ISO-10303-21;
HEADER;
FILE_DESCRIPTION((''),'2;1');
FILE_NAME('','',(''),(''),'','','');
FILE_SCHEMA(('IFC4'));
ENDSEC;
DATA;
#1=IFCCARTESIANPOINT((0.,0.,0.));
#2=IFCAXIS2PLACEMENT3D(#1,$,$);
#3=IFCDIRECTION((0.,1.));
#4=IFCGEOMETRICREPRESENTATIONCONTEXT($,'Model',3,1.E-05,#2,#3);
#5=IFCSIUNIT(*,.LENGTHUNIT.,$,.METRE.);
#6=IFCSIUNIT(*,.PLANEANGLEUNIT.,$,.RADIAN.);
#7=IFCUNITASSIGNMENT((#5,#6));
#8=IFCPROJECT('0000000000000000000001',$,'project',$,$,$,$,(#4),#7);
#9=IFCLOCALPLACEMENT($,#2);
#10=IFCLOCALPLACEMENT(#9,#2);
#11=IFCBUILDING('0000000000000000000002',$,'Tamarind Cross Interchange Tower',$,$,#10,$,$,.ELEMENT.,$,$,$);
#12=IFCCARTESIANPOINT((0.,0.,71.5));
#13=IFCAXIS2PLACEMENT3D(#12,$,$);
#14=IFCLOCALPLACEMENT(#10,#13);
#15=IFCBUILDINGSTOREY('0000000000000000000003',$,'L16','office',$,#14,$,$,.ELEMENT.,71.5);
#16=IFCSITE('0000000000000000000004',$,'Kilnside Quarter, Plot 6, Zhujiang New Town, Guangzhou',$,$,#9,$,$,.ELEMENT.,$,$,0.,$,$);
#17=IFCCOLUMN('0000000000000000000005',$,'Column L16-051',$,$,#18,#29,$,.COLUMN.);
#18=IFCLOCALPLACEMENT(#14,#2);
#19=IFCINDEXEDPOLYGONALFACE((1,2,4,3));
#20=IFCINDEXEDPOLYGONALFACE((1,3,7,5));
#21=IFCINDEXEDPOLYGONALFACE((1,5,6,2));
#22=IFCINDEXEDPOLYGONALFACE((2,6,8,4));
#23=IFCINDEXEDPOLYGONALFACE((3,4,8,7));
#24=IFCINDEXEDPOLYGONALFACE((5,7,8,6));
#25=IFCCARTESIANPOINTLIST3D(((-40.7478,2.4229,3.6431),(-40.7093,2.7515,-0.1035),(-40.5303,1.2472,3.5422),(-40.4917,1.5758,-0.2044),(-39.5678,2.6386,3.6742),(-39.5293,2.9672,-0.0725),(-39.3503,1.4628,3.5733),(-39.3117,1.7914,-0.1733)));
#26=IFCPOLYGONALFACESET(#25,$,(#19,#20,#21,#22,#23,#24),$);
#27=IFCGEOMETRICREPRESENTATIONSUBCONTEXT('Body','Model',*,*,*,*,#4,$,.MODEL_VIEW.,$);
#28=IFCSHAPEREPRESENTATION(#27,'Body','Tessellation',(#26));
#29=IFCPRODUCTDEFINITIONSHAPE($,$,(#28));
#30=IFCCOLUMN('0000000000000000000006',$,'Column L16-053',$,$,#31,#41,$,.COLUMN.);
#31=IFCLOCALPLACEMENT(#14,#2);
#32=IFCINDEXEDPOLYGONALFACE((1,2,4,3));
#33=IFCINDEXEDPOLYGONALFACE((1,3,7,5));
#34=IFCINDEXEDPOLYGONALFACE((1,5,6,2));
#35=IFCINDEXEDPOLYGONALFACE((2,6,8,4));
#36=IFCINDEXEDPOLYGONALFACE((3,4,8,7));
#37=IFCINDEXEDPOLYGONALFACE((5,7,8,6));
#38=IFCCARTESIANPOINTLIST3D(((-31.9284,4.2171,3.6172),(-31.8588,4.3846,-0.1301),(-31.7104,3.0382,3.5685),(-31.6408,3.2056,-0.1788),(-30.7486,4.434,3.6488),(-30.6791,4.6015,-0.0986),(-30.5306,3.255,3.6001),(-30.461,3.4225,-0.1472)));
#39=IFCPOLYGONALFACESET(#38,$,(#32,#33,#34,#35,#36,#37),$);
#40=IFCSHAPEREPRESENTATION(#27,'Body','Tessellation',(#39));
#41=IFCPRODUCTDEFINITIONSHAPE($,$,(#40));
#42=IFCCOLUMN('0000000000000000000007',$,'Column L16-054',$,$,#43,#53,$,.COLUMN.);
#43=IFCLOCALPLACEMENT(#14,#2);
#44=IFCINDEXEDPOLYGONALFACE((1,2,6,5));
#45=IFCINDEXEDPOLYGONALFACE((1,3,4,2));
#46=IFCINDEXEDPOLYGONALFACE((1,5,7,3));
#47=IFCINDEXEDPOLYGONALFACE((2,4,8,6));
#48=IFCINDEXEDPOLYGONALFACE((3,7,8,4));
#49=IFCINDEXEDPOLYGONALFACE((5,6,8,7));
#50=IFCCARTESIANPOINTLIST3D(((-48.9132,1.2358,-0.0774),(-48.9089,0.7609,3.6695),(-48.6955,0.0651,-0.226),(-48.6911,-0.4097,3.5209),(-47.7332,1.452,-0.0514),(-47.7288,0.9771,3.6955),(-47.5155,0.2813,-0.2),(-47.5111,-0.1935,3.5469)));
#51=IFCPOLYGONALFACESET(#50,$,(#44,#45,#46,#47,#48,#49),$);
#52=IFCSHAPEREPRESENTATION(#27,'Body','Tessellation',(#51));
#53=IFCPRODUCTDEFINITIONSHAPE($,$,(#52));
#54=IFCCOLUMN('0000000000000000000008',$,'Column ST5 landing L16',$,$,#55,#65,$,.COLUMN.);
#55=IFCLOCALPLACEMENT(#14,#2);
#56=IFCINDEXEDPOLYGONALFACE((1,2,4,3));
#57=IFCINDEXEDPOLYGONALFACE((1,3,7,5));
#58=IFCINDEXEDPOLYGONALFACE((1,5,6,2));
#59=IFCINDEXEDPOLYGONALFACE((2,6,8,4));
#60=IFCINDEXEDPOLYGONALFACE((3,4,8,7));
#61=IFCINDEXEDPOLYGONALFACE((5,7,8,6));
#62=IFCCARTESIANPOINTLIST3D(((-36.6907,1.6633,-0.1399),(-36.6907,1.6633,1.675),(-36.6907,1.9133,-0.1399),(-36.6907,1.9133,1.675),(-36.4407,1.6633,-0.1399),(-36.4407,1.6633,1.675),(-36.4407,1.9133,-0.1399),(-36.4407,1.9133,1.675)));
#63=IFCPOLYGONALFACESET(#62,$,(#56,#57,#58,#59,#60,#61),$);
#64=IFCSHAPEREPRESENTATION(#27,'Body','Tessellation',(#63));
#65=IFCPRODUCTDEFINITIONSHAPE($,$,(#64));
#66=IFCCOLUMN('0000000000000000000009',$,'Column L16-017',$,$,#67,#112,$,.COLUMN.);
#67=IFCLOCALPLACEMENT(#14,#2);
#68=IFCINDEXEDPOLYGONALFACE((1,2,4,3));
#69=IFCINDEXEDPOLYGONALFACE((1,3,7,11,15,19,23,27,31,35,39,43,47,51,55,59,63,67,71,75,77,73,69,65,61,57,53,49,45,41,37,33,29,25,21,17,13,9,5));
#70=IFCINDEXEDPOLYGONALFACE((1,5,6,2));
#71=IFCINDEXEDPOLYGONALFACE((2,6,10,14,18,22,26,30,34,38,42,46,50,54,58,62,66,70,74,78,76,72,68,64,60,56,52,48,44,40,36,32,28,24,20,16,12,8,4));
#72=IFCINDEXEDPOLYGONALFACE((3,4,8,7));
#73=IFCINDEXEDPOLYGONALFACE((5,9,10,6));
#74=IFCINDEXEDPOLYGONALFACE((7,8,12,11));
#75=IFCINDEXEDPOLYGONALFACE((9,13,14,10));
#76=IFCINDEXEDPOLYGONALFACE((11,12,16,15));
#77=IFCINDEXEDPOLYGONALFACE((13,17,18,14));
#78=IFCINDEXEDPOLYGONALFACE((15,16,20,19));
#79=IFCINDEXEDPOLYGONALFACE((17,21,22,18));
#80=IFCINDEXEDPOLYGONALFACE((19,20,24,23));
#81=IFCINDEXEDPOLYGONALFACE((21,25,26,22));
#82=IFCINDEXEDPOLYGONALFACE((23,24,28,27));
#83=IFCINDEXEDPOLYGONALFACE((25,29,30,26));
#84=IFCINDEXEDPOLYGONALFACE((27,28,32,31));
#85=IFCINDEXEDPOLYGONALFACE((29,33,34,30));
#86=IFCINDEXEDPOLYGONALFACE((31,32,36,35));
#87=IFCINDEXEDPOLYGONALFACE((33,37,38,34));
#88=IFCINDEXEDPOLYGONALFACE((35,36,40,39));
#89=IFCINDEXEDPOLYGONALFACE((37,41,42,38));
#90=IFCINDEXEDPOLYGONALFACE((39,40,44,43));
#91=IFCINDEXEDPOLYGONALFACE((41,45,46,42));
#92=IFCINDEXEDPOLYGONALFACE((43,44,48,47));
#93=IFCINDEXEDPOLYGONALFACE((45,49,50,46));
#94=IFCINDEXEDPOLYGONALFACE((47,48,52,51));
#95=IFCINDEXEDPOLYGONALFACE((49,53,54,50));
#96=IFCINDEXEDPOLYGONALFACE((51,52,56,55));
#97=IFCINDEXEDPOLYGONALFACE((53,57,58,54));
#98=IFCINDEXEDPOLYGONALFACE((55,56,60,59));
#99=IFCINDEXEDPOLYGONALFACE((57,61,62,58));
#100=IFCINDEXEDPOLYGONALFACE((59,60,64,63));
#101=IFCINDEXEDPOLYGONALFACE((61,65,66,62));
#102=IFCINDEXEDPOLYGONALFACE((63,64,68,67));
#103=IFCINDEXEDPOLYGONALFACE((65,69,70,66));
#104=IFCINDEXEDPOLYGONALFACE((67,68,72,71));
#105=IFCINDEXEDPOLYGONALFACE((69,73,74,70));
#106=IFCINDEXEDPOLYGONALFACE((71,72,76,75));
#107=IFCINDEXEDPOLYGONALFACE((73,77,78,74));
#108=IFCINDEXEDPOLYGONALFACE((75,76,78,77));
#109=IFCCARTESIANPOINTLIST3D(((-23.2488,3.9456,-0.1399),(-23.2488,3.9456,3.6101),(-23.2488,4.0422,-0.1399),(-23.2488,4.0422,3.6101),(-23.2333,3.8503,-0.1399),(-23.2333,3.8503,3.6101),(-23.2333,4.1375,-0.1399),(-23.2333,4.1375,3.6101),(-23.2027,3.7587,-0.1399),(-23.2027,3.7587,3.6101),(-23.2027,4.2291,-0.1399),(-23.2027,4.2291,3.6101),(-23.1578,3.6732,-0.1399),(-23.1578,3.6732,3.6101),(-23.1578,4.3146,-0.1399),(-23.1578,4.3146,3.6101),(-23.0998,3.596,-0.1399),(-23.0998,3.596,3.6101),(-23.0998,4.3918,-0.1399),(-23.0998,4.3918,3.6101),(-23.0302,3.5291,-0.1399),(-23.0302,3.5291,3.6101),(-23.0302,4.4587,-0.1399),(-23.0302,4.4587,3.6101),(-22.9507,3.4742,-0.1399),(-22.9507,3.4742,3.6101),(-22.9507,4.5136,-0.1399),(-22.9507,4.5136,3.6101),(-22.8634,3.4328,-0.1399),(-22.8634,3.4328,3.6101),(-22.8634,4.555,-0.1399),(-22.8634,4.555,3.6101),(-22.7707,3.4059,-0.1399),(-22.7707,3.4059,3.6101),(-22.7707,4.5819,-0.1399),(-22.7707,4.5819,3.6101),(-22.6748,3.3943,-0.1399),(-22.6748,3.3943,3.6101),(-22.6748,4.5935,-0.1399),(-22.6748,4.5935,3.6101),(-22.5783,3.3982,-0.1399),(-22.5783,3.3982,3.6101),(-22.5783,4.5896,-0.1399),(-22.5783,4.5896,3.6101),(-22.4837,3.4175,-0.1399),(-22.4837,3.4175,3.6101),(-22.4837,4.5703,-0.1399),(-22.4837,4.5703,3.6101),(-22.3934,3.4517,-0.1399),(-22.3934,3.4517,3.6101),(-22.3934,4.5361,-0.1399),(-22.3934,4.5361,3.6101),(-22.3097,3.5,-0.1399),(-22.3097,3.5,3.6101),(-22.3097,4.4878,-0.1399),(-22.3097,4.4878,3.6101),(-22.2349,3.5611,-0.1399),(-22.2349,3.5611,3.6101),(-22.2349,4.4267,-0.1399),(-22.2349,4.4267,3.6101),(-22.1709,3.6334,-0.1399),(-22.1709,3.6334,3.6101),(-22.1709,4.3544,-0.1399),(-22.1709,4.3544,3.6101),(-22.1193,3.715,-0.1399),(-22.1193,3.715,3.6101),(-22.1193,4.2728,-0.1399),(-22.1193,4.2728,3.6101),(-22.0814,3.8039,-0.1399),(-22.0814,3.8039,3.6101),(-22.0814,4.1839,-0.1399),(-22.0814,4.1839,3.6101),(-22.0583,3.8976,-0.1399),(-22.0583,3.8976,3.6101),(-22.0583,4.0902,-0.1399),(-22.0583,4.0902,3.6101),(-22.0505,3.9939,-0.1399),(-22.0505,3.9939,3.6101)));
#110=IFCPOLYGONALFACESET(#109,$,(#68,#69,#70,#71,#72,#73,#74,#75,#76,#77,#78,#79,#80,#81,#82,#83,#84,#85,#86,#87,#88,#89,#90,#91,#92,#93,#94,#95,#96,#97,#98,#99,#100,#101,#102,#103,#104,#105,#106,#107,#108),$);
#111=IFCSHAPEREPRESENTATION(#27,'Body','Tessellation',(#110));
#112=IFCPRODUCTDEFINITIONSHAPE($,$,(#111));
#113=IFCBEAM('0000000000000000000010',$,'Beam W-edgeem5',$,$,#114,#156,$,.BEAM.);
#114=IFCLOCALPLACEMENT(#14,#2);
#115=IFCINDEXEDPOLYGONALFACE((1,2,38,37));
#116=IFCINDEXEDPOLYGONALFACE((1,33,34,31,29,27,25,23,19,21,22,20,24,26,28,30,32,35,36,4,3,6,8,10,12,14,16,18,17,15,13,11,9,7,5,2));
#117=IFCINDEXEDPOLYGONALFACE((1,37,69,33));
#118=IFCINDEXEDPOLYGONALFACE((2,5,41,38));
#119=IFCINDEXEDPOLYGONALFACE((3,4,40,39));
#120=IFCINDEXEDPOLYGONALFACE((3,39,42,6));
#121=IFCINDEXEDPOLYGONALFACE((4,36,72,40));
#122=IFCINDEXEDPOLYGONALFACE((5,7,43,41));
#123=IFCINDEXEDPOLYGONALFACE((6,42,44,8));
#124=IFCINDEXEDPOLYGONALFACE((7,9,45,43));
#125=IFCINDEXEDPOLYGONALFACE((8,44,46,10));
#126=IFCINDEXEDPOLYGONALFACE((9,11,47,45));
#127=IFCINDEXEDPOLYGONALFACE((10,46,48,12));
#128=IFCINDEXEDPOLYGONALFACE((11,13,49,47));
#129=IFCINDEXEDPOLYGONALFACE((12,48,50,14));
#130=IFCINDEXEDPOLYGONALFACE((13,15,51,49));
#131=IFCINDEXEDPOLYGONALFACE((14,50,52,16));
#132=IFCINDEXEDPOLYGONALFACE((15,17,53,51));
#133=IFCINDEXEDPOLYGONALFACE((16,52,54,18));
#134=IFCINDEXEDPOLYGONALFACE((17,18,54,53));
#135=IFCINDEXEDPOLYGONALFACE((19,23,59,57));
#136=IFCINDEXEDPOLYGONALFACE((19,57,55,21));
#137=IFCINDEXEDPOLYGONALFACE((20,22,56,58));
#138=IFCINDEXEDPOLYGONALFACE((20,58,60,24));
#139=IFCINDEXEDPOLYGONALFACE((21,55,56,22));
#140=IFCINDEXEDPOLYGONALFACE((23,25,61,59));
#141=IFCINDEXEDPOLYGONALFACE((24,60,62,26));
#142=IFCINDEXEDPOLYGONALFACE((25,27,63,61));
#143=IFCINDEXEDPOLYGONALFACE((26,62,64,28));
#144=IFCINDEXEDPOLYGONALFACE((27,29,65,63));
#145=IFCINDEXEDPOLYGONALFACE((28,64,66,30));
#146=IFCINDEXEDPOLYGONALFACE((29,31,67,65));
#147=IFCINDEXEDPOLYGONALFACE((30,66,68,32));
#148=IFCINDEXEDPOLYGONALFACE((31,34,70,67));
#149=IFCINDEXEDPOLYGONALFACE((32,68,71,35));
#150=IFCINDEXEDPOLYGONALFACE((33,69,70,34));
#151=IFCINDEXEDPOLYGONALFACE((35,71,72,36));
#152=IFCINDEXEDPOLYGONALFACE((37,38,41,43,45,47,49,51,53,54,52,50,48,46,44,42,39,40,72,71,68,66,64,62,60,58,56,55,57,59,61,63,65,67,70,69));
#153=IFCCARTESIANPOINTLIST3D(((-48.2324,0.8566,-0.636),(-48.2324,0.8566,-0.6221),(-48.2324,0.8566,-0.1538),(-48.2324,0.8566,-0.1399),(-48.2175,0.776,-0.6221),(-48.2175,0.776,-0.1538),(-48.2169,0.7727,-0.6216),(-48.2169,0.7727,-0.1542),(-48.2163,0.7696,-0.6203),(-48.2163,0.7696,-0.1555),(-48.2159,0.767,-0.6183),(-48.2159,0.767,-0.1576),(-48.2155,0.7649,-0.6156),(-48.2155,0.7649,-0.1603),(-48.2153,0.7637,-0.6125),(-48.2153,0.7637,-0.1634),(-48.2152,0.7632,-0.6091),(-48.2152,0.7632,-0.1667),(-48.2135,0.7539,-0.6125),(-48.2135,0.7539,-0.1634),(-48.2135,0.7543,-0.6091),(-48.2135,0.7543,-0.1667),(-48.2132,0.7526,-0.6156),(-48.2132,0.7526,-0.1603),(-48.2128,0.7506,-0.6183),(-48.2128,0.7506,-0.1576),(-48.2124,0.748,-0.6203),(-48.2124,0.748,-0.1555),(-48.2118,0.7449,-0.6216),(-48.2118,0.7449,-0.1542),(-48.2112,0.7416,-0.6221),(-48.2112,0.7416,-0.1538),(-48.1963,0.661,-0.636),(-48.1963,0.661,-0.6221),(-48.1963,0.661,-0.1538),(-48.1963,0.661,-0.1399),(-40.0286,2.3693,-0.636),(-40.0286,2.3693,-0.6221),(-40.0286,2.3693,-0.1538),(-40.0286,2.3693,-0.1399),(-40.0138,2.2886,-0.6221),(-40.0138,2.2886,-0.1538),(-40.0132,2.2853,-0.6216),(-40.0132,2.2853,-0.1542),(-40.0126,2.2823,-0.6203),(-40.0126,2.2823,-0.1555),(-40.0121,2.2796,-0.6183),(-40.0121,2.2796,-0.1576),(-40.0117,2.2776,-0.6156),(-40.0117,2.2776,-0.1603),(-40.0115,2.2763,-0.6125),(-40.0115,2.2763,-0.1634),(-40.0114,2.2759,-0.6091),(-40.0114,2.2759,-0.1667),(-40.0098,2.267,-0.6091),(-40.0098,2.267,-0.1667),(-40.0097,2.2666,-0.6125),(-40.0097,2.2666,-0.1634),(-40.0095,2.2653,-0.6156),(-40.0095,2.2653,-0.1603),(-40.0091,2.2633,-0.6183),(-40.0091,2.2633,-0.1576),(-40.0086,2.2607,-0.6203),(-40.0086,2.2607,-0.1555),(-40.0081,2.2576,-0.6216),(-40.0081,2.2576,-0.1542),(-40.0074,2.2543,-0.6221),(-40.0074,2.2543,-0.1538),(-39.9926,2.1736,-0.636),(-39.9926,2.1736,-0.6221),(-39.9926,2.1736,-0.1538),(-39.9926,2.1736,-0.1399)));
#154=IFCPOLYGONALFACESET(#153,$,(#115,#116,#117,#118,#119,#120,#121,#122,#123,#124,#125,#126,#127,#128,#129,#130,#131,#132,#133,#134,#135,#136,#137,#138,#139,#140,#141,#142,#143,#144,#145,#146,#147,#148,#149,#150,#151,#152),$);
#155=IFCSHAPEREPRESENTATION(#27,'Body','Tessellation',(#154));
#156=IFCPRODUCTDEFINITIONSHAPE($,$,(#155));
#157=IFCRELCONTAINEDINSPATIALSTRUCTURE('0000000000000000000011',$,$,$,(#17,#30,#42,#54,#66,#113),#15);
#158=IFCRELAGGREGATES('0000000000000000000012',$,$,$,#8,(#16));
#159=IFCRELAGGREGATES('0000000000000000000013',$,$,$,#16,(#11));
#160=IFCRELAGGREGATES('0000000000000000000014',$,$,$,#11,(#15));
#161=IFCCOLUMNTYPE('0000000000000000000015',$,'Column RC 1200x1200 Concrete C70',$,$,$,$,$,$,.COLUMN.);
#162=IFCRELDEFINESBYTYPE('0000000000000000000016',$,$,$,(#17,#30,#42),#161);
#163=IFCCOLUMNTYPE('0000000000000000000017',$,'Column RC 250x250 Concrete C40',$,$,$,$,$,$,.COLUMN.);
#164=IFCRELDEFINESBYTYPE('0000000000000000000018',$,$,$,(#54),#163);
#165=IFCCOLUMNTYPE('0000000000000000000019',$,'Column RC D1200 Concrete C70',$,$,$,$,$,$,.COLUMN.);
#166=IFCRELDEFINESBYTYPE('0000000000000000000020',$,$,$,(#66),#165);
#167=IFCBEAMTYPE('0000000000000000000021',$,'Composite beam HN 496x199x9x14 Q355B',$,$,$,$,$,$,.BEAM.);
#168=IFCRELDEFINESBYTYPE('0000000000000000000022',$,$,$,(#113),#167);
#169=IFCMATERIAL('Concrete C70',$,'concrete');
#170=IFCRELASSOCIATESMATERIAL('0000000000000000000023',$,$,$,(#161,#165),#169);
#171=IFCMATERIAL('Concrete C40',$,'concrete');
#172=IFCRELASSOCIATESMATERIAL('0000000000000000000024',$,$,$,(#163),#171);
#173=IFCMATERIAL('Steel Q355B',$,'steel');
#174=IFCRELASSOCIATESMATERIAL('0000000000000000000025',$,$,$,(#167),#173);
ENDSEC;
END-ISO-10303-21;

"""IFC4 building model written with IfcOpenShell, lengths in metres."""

from ifc_helpers import new_model, si_unit, direction, frame, origin, origin_2d, place, context, subcontext, project, spatial, rectangle, circle, i_section, extrude, material, material_profile, profile_set, type_object, element, save


model = new_model("IFC4")

# Units and contexts
model_context = context("Model", 3, precision=1e-05, world=origin(), true_north=direction((0.0, 1.0)))
body_context = subcontext(model_context, "Body", "Model", "MODEL_VIEW")
ifc_project = project(units=[si_unit("LENGTHUNIT", "METRE"), si_unit("PLANEANGLEUNIT", "RADIAN")], contexts=[model_context])

# Site, building, storey
site_placement = place(None, origin())
site = spatial("IfcSite", under=ifc_project, at=site_placement, Name="Kilnside Quarter, Plot 6, Zhujiang New Town, Guangzhou", CompositionType="ELEMENT", RefElevation=0.0)
building_placement = place(site_placement, origin())
building = spatial("IfcBuilding", under=site, at=building_placement, Name="Tamarind Cross Interchange Tower", CompositionType="ELEMENT")
storey_placement = place(building_placement, frame((0.0, 0.0, 71.5)))
storey = spatial("IfcBuildingStorey", under=building, at=storey_placement, Name="L16", Description="office", CompositionType="ELEMENT", Elevation=71.5)

# Columns
ifc_material_1 = material(Name="Concrete C70", Category="concrete")
ifc_material_profile_1 = material_profile(ifc_material_1, rectangle(XDim=1.2, YDim=1.2, at=origin_2d()), Name="RC 1200x1200")
ifc_profile_set_1 = profile_set([ifc_material_profile_1], Name="Concrete C70")
column_type_1 = type_object("IfcColumnType", Name="Column RC 1200x1200 Concrete C70", PredefinedType="COLUMN", material=ifc_profile_set_1)
column_1_placement = place(storey_placement, frame((-40.0105, 2.2715, -0.1384), z_axis=(-0.010256, -0.08737, 0.996123), x_axis=(0.983378, 0.179713, 0.025887)))
element("IfcColumn", 1, at=column_1_placement, inside=storey, type_object=column_type_1, Name="Column L16-051", PredefinedType="COLUMN", context=body_context, shape_type="SweptSolid", body=[
    extrude(rectangle(XDim=1.2, YDim=1.2, at=origin_2d()), origin(), (0.0, 0.0, 1.0), 3.7612),
])
column_2_placement = place(storey_placement, frame((-31.1599, 3.9036, -0.1387), z_axis=(-0.018546, -0.044641, 0.998831), x_axis=(0.983177, 0.180747, 0.026334)))
element("IfcColumn", 2, at=column_2_placement, inside=storey, type_object=column_type_1, Name="Column L16-053", PredefinedType="COLUMN", context=body_context, shape_type="SweptSolid", body=[
    extrude(rectangle(XDim=1.2, YDim=1.2, at=origin_2d()), origin(), (0.0, 0.0, 1.0), 3.7517),
])
column_3_placement = place(storey_placement, frame((-48.2144, 0.7585, -0.1387), z_axis=(0.001164, -0.125729, 0.992064), x_axis=(0.983396, 0.180174, 0.021681)))
element("IfcColumn", 3, at=column_3_placement, inside=storey, type_object=column_type_1, Name="Column L16-054", PredefinedType="COLUMN", context=body_context, shape_type="SweptSolid", body=[
    extrude(rectangle(XDim=1.2, YDim=1.2, at=origin_2d()), origin(), (0.0, 0.0, 1.0), 3.7769),
])
ifc_material_2 = material(Name="Concrete C40", Category="concrete")
ifc_material_profile_2 = material_profile(ifc_material_2, rectangle(XDim=0.25, YDim=0.25, at=origin_2d()), Name="RC 250x250")
ifc_profile_set_2 = profile_set([ifc_material_profile_2], Name="Concrete C40")
column_type_2 = type_object("IfcColumnType", Name="Column RC 250x250 Concrete C40", PredefinedType="COLUMN", material=ifc_profile_set_2)
column_4_placement = place(storey_placement, frame((-36.5657, 1.7883, -0.1399), z_axis=(0.0, 0.0, 1.0), x_axis=(1.0, 0.0, 0.0)))
element("IfcColumn", 4, at=column_4_placement, inside=storey, type_object=column_type_2, Name="Column ST5 landing L16", PredefinedType="COLUMN", context=body_context, shape_type="SweptSolid", body=[
    extrude(rectangle(XDim=0.25, YDim=0.25, at=origin_2d()), origin(), (0.0, 0.0, 1.0), 1.8149),
])
ifc_material_profile_3 = material_profile(ifc_material_1, circle(Radius=0.6001, at=origin_2d()), Name="RC D1200")
ifc_profile_set_3 = profile_set([ifc_material_profile_3], Name="Concrete C70")
column_type_3 = type_object("IfcColumnType", Name="Column RC D1200 Concrete C70", PredefinedType="COLUMN", material=ifc_profile_set_3)
column_5_placement = place(storey_placement, frame((-22.6506, 3.9939, -0.1399), z_axis=(0.0, 0.0, 1.0), x_axis=(1.0, 0.0, 0.0)))
element("IfcColumn", 5, at=column_5_placement, inside=storey, type_object=column_type_3, Name="Column L16-017", PredefinedType="COLUMN", context=body_context, shape_type="SweptSolid", body=[
    extrude(circle(Radius=0.6001, at=origin_2d()), origin(), (0.0, 0.0, 1.0), 3.75),
])

# Beam
ifc_material_3 = material(Name="Steel Q355B", Category="steel")
ifc_material_profile_4 = material_profile(ifc_material_3, i_section(OverallWidth=0.199, OverallDepth=0.4961, WebThickness=0.009, FlangeThickness=0.0139, FilletRadius=0.0129, at=origin_2d()), Name="HN 496x199x9x14")
ifc_profile_set_4 = profile_set([ifc_material_profile_4], Name="Steel Q355B")
beam_type_1 = type_object("IfcBeamType", Name="Composite beam HN 496x199x9x14 Q355B", PredefinedType="BEAM", material=ifc_profile_set_4)
beam_1_placement = place(storey_placement, frame((-48.2144, 0.7588, -0.3879), z_axis=(0.983422, 0.181332, 0.0), x_axis=(-0.181332, 0.983422, 0.0)))
element("IfcBeam", 6, at=beam_1_placement, inside=storey, type_object=beam_type_1, Name="Beam W-edgeem5", PredefinedType="BEAM", context=body_context, shape_type="SweptSolid", body=[
    extrude(i_section(OverallWidth=0.199, OverallDepth=0.4961, WebThickness=0.009, FlangeThickness=0.0139, FilletRadius=0.0129, at=origin_2d()), origin(), (0.0, 0.0, 1.0), 8.342),
])

save(model, "model.ifc")
